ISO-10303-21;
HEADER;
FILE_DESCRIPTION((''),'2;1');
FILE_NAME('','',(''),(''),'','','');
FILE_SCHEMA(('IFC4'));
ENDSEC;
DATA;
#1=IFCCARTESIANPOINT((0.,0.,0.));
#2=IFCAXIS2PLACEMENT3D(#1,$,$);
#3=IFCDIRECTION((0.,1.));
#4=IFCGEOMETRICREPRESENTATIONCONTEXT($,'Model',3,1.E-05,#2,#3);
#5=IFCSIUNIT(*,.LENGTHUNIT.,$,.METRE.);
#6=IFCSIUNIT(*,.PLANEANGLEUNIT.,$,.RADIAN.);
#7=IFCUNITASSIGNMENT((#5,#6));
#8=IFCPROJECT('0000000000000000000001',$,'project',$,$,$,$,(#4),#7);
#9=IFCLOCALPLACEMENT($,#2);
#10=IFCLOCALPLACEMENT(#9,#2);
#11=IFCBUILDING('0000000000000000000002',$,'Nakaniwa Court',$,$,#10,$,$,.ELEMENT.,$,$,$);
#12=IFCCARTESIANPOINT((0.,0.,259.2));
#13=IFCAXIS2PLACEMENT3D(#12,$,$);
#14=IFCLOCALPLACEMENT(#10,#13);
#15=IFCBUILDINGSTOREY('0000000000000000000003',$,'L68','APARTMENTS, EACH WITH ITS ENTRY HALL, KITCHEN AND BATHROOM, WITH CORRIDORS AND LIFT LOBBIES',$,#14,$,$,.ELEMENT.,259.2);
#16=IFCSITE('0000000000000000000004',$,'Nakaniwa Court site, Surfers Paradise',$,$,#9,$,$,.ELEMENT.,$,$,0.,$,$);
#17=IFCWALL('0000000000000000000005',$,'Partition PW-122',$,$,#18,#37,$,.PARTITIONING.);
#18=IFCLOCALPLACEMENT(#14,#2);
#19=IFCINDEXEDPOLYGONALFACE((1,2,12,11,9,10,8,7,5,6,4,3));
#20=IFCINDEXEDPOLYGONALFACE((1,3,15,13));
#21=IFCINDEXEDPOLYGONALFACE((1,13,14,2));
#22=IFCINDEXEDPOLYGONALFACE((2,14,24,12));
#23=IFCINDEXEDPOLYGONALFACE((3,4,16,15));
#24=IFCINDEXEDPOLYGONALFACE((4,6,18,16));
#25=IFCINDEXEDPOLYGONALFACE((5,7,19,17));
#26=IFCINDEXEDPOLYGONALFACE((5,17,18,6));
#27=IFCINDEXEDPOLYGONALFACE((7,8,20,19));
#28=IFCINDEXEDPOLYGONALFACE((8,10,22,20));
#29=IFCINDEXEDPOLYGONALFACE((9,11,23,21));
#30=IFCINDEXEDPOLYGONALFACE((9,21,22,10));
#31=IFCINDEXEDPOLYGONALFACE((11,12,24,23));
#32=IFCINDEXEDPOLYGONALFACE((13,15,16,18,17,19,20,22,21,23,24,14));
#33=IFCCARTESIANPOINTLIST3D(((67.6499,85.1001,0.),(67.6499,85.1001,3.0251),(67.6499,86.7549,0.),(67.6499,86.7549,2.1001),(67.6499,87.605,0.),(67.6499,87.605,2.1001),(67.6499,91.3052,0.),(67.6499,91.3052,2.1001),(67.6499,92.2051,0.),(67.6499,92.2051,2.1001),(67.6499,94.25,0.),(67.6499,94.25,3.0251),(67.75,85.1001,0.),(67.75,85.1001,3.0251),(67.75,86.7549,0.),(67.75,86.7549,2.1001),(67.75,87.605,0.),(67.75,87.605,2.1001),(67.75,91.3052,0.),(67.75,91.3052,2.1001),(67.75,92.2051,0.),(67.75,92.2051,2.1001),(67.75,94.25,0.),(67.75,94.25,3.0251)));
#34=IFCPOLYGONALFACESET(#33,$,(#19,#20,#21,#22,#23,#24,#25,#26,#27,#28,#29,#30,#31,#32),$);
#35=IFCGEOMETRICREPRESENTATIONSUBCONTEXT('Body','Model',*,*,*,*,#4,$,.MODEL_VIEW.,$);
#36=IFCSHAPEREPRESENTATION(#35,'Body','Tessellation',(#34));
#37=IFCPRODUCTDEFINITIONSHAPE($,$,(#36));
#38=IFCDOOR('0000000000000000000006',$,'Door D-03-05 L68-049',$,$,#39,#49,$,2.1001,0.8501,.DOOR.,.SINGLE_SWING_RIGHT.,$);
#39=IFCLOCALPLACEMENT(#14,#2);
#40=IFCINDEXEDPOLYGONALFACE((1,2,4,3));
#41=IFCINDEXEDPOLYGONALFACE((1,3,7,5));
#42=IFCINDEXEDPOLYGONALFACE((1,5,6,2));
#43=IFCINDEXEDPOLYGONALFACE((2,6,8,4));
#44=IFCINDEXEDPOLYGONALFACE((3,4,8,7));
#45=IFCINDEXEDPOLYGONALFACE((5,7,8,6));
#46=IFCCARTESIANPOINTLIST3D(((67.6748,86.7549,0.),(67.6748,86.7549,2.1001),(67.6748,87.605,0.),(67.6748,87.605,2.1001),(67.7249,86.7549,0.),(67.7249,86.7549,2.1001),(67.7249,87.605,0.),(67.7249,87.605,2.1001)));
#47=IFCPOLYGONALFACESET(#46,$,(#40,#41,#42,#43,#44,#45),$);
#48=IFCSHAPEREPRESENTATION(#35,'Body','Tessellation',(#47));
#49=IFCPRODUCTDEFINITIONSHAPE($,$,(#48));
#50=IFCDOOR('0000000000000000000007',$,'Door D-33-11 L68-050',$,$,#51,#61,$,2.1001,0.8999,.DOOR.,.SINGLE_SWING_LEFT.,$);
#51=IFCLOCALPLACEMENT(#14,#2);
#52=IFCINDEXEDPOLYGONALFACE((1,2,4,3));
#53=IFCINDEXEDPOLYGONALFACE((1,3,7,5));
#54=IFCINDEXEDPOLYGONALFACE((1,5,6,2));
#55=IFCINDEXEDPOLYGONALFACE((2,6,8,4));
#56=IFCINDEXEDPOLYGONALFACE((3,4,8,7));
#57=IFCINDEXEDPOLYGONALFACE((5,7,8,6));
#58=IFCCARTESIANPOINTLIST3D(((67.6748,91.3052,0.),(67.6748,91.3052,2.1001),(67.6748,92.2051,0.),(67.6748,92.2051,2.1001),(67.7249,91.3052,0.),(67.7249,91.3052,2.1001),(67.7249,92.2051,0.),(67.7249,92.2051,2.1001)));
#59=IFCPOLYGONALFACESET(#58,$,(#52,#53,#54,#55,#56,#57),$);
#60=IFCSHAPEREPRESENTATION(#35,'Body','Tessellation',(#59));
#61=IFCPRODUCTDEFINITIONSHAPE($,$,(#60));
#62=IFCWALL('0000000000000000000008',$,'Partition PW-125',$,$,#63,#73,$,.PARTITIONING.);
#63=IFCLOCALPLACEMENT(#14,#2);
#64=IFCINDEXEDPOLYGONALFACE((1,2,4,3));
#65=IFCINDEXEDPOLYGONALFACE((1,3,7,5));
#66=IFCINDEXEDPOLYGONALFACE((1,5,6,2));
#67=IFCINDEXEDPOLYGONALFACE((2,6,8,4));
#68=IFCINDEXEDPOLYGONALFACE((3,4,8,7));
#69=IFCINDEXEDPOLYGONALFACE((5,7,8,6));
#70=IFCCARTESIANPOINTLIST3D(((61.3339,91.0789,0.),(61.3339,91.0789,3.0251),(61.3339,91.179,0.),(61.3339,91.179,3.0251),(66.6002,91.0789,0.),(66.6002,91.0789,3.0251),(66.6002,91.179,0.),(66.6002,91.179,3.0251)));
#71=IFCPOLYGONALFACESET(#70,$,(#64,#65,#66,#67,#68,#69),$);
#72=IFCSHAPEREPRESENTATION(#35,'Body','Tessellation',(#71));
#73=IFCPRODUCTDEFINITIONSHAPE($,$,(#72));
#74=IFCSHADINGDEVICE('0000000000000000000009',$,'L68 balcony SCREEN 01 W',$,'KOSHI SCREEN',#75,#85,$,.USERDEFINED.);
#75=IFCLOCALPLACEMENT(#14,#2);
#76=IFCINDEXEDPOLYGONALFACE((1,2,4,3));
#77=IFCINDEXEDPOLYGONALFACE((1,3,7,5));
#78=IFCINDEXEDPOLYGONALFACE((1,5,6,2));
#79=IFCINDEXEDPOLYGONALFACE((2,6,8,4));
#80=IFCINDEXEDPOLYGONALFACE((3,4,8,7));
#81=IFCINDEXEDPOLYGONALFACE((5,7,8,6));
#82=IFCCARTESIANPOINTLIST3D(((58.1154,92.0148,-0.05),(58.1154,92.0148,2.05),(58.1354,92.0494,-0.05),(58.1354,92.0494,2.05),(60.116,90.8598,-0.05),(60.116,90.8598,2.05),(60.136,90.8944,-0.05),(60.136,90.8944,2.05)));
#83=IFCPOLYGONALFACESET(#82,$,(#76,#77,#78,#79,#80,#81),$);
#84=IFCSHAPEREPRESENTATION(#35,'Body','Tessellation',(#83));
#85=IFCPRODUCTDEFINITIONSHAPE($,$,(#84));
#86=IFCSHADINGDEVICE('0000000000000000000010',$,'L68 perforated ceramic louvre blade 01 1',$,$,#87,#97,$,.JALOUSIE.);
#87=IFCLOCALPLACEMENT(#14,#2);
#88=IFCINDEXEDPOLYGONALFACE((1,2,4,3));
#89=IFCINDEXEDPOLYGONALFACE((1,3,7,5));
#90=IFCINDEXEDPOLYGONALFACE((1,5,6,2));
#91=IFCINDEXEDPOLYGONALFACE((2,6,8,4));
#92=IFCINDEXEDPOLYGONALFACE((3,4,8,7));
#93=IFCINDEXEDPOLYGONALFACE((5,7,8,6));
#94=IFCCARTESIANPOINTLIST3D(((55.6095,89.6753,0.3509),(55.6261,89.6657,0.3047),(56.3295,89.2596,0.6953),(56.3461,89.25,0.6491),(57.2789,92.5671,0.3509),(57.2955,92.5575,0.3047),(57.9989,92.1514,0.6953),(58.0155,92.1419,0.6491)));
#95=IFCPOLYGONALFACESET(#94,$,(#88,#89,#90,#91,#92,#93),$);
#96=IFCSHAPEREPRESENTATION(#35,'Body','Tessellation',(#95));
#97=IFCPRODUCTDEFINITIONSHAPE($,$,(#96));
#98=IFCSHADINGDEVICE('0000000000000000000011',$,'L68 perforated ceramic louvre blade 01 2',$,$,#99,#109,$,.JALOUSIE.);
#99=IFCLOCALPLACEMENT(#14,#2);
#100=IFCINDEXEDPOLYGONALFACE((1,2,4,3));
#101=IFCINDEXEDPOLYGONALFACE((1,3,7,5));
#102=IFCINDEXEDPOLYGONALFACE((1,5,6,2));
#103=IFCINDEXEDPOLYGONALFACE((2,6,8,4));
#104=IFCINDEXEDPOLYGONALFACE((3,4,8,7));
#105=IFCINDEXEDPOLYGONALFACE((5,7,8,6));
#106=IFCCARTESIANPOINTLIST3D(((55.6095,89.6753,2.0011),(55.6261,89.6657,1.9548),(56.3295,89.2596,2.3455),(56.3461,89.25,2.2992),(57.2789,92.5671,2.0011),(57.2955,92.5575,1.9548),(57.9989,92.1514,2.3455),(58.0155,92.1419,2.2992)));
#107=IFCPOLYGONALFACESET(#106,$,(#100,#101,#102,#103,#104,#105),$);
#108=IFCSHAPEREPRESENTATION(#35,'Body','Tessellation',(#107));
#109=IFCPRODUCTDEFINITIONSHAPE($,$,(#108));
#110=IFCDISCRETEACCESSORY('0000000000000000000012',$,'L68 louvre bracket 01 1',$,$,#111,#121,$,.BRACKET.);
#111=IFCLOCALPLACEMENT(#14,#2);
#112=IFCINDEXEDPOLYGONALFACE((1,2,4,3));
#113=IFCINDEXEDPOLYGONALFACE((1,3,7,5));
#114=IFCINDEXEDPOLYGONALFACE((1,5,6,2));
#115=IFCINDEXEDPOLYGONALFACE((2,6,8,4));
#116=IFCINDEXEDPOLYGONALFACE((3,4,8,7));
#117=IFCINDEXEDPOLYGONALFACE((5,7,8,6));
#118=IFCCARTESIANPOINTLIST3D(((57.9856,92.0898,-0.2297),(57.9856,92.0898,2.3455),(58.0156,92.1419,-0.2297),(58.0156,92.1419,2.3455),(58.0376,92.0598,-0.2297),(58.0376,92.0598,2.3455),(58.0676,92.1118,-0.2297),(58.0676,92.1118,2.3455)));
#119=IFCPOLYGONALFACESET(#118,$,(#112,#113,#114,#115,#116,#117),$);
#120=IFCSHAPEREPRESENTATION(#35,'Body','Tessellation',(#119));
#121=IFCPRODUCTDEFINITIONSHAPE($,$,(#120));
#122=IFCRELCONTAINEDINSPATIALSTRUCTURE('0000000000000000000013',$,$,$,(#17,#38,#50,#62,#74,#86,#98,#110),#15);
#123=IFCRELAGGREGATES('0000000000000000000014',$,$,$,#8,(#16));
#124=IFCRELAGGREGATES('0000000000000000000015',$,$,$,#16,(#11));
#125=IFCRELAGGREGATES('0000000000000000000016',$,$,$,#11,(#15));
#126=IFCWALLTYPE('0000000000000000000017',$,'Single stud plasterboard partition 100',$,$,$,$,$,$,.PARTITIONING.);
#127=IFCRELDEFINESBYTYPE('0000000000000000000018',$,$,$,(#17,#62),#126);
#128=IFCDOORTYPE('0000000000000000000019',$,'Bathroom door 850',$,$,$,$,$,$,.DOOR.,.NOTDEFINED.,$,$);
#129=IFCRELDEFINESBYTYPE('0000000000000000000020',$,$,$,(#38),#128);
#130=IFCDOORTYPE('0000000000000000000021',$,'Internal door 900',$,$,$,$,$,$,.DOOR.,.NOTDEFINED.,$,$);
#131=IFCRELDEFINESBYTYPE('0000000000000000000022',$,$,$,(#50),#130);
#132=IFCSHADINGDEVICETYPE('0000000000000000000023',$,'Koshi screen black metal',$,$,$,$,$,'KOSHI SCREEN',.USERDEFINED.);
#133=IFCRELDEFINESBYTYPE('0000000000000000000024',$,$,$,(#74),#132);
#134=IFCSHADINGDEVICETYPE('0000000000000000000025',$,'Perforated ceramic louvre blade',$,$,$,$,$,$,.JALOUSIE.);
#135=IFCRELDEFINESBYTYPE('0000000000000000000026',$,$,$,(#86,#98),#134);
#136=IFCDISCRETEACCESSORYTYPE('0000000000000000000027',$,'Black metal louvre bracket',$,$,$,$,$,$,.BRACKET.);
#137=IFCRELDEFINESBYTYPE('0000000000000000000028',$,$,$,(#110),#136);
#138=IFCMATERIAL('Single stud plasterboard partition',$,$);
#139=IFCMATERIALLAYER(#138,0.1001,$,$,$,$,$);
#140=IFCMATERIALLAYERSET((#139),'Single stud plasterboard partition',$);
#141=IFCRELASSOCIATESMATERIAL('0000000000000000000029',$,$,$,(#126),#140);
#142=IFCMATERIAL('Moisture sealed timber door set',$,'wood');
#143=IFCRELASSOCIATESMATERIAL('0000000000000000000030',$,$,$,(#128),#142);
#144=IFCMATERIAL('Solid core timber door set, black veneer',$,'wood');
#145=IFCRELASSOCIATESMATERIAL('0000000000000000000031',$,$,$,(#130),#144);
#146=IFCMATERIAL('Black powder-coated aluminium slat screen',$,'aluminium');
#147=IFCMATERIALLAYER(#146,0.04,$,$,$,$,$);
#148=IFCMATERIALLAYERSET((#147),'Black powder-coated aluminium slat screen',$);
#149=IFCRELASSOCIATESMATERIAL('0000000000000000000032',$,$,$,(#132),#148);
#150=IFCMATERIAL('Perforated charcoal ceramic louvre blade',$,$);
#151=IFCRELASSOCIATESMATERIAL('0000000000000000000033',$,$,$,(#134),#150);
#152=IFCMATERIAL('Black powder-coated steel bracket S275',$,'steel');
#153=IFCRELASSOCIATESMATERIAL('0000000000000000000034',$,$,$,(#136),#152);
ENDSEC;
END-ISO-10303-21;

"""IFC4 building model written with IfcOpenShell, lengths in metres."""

from ifc_helpers import new_model, si_unit, direction, frame, frame_2d, origin, origin_2d, place, context, subcontext, project, spatial, rectangle, extrude, material, layer, layer_set, material_profile, profile_set, type_object, element, fill, save


model = new_model("IFC4")

# Units and contexts
model_context = context("Model", 3, precision=1e-05, world=origin(), true_north=direction((0.0, 1.0)))
body_context = subcontext(model_context, "Body", "Model", "MODEL_VIEW")
ifc_project = project(units=[si_unit("LENGTHUNIT", "METRE"), si_unit("PLANEANGLEUNIT", "RADIAN")], contexts=[model_context])

# Site, building, storey
site_placement = place(None, origin())
site = spatial("IfcSite", under=ifc_project, at=site_placement, Name="Nakaniwa Court site, Surfers Paradise", CompositionType="ELEMENT", RefElevation=0.0)
building_placement = place(site_placement, origin())
building = spatial("IfcBuilding", under=site, at=building_placement, Name="Nakaniwa Court", CompositionType="ELEMENT")
storey_placement = place(building_placement, frame((0.0, 0.0, 259.2)))
storey = spatial("IfcBuildingStorey", under=building, at=storey_placement, Name="L68", Description="APARTMENTS, EACH WITH ITS ENTRY HALL, KITCHEN AND BATHROOM, WITH CORRIDORS AND LIFT LOBBIES", CompositionType="ELEMENT", Elevation=259.2)

# Wall, openings, doors
ifc_material_1 = material(Name="Single stud plasterboard partition")
ifc_layer_1 = layer(ifc_material_1, 0.1001)
ifc_layer_set_1 = layer_set([ifc_layer_1], Name="Single stud plasterboard partition")
wall_type_1 = type_object("IfcWallType", Name="Single stud plasterboard partition 100", PredefinedType="PARTITIONING", material=ifc_layer_set_1)
wall_1_placement = place(storey_placement, frame((67.7, 94.25, 0.0), z_axis=(0.0, 0.0, 1.0), x_axis=(0.0, -1.0, 0.0)))
wall_1 = element("IfcWall", 1, at=wall_1_placement, inside=storey, type_object=wall_type_1, Name="Partition PW-122", PredefinedType="PARTITIONING", context=body_context, shape_type="SweptSolid", body=[
    extrude(rectangle(XDim=9.1499, YDim=0.1001, at=frame_2d((4.575, 0.0))), origin(), (0.0, 0.0, 1.0), 3.0251),
])
opening_1_placement = place(wall_1_placement, frame((6.645, 0.0, 0.0)))
opening_1 = element("IfcOpeningElement", 2, at=opening_1_placement, cuts=wall_1, PredefinedType="OPENING", context=body_context, shape_type="SweptSolid", body=[
    extrude(rectangle(XDim=0.8501, YDim=2.1001, at=frame_2d((0.425, 1.05))), frame((0.0, 0.0601, 0.0), z_axis=(0.0, -1.0, 0.0), x_axis=(1.0, 0.0, 0.0)), (0.0, 0.0, 1.0), 0.1201),
])
opening_2_placement = place(wall_1_placement, frame((2.0449, 0.0, 0.0)))
opening_2 = element("IfcOpeningElement", 3, at=opening_2_placement, cuts=wall_1, PredefinedType="OPENING", context=body_context, shape_type="SweptSolid", body=[
    extrude(rectangle(XDim=0.8999, YDim=2.1001, at=frame_2d((0.45, 1.05))), frame((0.0, 0.0601, 0.0), z_axis=(0.0, -1.0, 0.0), x_axis=(1.0, 0.0, 0.0)), (0.0, 0.0, 1.0), 0.1201),
])
ifc_material_2 = material(Name="Moisture sealed timber door set", Category="wood")
door_type_1 = type_object("IfcDoorType", Name="Bathroom door 850", OperationType="NOTDEFINED", PredefinedType="DOOR", material=ifc_material_2)
door_1_placement = place(opening_1_placement, origin())
door_1 = element("IfcDoor", 4, at=door_1_placement, inside=storey, type_object=door_type_1, Name="Door D-03-05 L68-049", OperationType="SINGLE_SWING_RIGHT", OverallHeight=2.1001, OverallWidth=0.8501, PredefinedType="DOOR", context=body_context, shape_type="SweptSolid", body=[
    extrude(rectangle(XDim=0.8501, YDim=2.1001, at=frame_2d((0.425, 1.05))), frame((0.0, 0.0249, 0.0), z_axis=(0.0, -1.0, 0.0), x_axis=(1.0, 0.0, 0.0)), (0.0, 0.0, 1.0), 0.05),
])
fill(opening_1, door_1)
ifc_material_3 = material(Name="Solid core timber door set, black veneer", Category="wood")
door_type_2 = type_object("IfcDoorType", Name="Internal door 900", OperationType="NOTDEFINED", PredefinedType="DOOR", material=ifc_material_3)
door_2_placement = place(opening_2_placement, origin())
door_2 = element("IfcDoor", 5, at=door_2_placement, inside=storey, type_object=door_type_2, Name="Door D-33-11 L68-050", OperationType="SINGLE_SWING_LEFT", OverallHeight=2.1001, OverallWidth=0.8999, PredefinedType="DOOR", context=body_context, shape_type="SweptSolid", body=[
    extrude(rectangle(XDim=0.8999, YDim=2.1001, at=frame_2d((0.45, 1.05))), frame((0.0, 0.0249, 0.0), z_axis=(0.0, -1.0, 0.0), x_axis=(1.0, 0.0, 0.0)), (0.0, 0.0, 1.0), 0.05),
])
fill(opening_2, door_2)

# Wall
wall_2_placement = place(storey_placement, frame((61.3337, 91.1289, 0.0), z_axis=(0.0, 0.0, 1.0), x_axis=(1.0, 0.0, 0.0)))
element("IfcWall", 6, at=wall_2_placement, inside=storey, type_object=wall_type_1, Name="Partition PW-125", PredefinedType="PARTITIONING", context=body_context, shape_type="SweptSolid", body=[
    extrude(rectangle(XDim=5.2664, YDim=0.1001, at=frame_2d((2.6333, 0.0))), origin(), (0.0, 0.0, 1.0), 3.0251),
])

# Shading devices
ifc_material_4 = material(Name="Black powder-coated aluminium slat screen", Category="aluminium")
ifc_layer_2 = layer(ifc_material_4, 0.04)
ifc_layer_set_2 = layer_set([ifc_layer_2], Name="Black powder-coated aluminium slat screen")
shading_device_type_1 = type_object("IfcShadingDeviceType", Name="Koshi screen black metal", ElementType="KOSHI SCREEN", PredefinedType="USERDEFINED", material=ifc_layer_set_2)
shading_device_placement = place(storey_placement, frame((59.1257, 91.4546, -0.05), z_axis=(0.0, 0.0, 1.0), x_axis=(-0.499986, -0.866033, 0.0)))
element("IfcShadingDevice", 7, at=shading_device_placement, inside=storey, type_object=shading_device_type_1, Name="L68 balcony SCREEN 01 W", ObjectType="KOSHI SCREEN", PredefinedType="USERDEFINED", context=body_context, shape_type="SweptSolid", body=[
    extrude(rectangle(XDim=0.04, YDim=2.3101, at=origin_2d()), origin(), (0.0, 0.0, 1.0), 2.1001),
])
ifc_material_5 = material(Name="Perforated charcoal ceramic louvre blade")
ifc_material_profile_1 = material_profile(ifc_material_5, rectangle(XDim=0.8999, YDim=0.05, at=origin_2d()), Name="Perforated ceramic louvre blade")
ifc_profile_set_1 = profile_set([ifc_material_profile_1], Name="Perforated charcoal ceramic louvre blade")
shading_device_type_2 = type_object("IfcShadingDeviceType", Name="Perforated ceramic louvre blade", PredefinedType="JALOUSIE", material=ifc_profile_set_1)
for number, where, z_axis, x_axis, name in (
    (8, (57.6472, 92.3545, 0.5), (-0.499961, -0.866048, 0.0), (0.800124, -0.461904, 0.382683), "L68 perforated ceramic louvre blade 01 1"),
    (9, (57.6472, 92.3545, 2.1501), (-0.499961, -0.866048, 0.0), (0.800124, -0.461904, 0.382683), "L68 perforated ceramic louvre blade 01 2"),
):
    element("IfcShadingDevice", number, at=place(storey_placement, frame(where, z_axis=z_axis, x_axis=x_axis)), inside=storey, type_object=shading_device_type_2, Name=name, PredefinedType="JALOUSIE", context=body_context, shape_type="SweptSolid", body=[
        extrude(rectangle(XDim=0.8999, YDim=0.05, at=origin_2d()), origin(), (0.0, 0.0, 1.0), 3.3391),
    ])

# Discrete accessory
ifc_material_6 = material(Name="Black powder-coated steel bracket S275", Category="steel")
discrete_accessory_type = type_object("IfcDiscreteAccessoryType", Name="Black metal louvre bracket", PredefinedType="BRACKET", material=ifc_material_6)
discrete_accessory_placement = place(storey_placement, frame((58.0266, 92.1008, -0.2297), z_axis=(0.0, 0.0, 1.0), x_axis=(-0.499986, -0.866033, 0.0)))
element("IfcDiscreteAccessory", 10, at=discrete_accessory_placement, inside=storey, type_object=discrete_accessory_type, Name="L68 louvre bracket 01 1", PredefinedType="BRACKET", context=body_context, shape_type="SweptSolid", body=[
    extrude(rectangle(XDim=0.0601, YDim=0.0601, at=origin_2d()), origin(), (0.0, 0.0, 1.0), 2.5752),
])

save(model, "model.ifc")
